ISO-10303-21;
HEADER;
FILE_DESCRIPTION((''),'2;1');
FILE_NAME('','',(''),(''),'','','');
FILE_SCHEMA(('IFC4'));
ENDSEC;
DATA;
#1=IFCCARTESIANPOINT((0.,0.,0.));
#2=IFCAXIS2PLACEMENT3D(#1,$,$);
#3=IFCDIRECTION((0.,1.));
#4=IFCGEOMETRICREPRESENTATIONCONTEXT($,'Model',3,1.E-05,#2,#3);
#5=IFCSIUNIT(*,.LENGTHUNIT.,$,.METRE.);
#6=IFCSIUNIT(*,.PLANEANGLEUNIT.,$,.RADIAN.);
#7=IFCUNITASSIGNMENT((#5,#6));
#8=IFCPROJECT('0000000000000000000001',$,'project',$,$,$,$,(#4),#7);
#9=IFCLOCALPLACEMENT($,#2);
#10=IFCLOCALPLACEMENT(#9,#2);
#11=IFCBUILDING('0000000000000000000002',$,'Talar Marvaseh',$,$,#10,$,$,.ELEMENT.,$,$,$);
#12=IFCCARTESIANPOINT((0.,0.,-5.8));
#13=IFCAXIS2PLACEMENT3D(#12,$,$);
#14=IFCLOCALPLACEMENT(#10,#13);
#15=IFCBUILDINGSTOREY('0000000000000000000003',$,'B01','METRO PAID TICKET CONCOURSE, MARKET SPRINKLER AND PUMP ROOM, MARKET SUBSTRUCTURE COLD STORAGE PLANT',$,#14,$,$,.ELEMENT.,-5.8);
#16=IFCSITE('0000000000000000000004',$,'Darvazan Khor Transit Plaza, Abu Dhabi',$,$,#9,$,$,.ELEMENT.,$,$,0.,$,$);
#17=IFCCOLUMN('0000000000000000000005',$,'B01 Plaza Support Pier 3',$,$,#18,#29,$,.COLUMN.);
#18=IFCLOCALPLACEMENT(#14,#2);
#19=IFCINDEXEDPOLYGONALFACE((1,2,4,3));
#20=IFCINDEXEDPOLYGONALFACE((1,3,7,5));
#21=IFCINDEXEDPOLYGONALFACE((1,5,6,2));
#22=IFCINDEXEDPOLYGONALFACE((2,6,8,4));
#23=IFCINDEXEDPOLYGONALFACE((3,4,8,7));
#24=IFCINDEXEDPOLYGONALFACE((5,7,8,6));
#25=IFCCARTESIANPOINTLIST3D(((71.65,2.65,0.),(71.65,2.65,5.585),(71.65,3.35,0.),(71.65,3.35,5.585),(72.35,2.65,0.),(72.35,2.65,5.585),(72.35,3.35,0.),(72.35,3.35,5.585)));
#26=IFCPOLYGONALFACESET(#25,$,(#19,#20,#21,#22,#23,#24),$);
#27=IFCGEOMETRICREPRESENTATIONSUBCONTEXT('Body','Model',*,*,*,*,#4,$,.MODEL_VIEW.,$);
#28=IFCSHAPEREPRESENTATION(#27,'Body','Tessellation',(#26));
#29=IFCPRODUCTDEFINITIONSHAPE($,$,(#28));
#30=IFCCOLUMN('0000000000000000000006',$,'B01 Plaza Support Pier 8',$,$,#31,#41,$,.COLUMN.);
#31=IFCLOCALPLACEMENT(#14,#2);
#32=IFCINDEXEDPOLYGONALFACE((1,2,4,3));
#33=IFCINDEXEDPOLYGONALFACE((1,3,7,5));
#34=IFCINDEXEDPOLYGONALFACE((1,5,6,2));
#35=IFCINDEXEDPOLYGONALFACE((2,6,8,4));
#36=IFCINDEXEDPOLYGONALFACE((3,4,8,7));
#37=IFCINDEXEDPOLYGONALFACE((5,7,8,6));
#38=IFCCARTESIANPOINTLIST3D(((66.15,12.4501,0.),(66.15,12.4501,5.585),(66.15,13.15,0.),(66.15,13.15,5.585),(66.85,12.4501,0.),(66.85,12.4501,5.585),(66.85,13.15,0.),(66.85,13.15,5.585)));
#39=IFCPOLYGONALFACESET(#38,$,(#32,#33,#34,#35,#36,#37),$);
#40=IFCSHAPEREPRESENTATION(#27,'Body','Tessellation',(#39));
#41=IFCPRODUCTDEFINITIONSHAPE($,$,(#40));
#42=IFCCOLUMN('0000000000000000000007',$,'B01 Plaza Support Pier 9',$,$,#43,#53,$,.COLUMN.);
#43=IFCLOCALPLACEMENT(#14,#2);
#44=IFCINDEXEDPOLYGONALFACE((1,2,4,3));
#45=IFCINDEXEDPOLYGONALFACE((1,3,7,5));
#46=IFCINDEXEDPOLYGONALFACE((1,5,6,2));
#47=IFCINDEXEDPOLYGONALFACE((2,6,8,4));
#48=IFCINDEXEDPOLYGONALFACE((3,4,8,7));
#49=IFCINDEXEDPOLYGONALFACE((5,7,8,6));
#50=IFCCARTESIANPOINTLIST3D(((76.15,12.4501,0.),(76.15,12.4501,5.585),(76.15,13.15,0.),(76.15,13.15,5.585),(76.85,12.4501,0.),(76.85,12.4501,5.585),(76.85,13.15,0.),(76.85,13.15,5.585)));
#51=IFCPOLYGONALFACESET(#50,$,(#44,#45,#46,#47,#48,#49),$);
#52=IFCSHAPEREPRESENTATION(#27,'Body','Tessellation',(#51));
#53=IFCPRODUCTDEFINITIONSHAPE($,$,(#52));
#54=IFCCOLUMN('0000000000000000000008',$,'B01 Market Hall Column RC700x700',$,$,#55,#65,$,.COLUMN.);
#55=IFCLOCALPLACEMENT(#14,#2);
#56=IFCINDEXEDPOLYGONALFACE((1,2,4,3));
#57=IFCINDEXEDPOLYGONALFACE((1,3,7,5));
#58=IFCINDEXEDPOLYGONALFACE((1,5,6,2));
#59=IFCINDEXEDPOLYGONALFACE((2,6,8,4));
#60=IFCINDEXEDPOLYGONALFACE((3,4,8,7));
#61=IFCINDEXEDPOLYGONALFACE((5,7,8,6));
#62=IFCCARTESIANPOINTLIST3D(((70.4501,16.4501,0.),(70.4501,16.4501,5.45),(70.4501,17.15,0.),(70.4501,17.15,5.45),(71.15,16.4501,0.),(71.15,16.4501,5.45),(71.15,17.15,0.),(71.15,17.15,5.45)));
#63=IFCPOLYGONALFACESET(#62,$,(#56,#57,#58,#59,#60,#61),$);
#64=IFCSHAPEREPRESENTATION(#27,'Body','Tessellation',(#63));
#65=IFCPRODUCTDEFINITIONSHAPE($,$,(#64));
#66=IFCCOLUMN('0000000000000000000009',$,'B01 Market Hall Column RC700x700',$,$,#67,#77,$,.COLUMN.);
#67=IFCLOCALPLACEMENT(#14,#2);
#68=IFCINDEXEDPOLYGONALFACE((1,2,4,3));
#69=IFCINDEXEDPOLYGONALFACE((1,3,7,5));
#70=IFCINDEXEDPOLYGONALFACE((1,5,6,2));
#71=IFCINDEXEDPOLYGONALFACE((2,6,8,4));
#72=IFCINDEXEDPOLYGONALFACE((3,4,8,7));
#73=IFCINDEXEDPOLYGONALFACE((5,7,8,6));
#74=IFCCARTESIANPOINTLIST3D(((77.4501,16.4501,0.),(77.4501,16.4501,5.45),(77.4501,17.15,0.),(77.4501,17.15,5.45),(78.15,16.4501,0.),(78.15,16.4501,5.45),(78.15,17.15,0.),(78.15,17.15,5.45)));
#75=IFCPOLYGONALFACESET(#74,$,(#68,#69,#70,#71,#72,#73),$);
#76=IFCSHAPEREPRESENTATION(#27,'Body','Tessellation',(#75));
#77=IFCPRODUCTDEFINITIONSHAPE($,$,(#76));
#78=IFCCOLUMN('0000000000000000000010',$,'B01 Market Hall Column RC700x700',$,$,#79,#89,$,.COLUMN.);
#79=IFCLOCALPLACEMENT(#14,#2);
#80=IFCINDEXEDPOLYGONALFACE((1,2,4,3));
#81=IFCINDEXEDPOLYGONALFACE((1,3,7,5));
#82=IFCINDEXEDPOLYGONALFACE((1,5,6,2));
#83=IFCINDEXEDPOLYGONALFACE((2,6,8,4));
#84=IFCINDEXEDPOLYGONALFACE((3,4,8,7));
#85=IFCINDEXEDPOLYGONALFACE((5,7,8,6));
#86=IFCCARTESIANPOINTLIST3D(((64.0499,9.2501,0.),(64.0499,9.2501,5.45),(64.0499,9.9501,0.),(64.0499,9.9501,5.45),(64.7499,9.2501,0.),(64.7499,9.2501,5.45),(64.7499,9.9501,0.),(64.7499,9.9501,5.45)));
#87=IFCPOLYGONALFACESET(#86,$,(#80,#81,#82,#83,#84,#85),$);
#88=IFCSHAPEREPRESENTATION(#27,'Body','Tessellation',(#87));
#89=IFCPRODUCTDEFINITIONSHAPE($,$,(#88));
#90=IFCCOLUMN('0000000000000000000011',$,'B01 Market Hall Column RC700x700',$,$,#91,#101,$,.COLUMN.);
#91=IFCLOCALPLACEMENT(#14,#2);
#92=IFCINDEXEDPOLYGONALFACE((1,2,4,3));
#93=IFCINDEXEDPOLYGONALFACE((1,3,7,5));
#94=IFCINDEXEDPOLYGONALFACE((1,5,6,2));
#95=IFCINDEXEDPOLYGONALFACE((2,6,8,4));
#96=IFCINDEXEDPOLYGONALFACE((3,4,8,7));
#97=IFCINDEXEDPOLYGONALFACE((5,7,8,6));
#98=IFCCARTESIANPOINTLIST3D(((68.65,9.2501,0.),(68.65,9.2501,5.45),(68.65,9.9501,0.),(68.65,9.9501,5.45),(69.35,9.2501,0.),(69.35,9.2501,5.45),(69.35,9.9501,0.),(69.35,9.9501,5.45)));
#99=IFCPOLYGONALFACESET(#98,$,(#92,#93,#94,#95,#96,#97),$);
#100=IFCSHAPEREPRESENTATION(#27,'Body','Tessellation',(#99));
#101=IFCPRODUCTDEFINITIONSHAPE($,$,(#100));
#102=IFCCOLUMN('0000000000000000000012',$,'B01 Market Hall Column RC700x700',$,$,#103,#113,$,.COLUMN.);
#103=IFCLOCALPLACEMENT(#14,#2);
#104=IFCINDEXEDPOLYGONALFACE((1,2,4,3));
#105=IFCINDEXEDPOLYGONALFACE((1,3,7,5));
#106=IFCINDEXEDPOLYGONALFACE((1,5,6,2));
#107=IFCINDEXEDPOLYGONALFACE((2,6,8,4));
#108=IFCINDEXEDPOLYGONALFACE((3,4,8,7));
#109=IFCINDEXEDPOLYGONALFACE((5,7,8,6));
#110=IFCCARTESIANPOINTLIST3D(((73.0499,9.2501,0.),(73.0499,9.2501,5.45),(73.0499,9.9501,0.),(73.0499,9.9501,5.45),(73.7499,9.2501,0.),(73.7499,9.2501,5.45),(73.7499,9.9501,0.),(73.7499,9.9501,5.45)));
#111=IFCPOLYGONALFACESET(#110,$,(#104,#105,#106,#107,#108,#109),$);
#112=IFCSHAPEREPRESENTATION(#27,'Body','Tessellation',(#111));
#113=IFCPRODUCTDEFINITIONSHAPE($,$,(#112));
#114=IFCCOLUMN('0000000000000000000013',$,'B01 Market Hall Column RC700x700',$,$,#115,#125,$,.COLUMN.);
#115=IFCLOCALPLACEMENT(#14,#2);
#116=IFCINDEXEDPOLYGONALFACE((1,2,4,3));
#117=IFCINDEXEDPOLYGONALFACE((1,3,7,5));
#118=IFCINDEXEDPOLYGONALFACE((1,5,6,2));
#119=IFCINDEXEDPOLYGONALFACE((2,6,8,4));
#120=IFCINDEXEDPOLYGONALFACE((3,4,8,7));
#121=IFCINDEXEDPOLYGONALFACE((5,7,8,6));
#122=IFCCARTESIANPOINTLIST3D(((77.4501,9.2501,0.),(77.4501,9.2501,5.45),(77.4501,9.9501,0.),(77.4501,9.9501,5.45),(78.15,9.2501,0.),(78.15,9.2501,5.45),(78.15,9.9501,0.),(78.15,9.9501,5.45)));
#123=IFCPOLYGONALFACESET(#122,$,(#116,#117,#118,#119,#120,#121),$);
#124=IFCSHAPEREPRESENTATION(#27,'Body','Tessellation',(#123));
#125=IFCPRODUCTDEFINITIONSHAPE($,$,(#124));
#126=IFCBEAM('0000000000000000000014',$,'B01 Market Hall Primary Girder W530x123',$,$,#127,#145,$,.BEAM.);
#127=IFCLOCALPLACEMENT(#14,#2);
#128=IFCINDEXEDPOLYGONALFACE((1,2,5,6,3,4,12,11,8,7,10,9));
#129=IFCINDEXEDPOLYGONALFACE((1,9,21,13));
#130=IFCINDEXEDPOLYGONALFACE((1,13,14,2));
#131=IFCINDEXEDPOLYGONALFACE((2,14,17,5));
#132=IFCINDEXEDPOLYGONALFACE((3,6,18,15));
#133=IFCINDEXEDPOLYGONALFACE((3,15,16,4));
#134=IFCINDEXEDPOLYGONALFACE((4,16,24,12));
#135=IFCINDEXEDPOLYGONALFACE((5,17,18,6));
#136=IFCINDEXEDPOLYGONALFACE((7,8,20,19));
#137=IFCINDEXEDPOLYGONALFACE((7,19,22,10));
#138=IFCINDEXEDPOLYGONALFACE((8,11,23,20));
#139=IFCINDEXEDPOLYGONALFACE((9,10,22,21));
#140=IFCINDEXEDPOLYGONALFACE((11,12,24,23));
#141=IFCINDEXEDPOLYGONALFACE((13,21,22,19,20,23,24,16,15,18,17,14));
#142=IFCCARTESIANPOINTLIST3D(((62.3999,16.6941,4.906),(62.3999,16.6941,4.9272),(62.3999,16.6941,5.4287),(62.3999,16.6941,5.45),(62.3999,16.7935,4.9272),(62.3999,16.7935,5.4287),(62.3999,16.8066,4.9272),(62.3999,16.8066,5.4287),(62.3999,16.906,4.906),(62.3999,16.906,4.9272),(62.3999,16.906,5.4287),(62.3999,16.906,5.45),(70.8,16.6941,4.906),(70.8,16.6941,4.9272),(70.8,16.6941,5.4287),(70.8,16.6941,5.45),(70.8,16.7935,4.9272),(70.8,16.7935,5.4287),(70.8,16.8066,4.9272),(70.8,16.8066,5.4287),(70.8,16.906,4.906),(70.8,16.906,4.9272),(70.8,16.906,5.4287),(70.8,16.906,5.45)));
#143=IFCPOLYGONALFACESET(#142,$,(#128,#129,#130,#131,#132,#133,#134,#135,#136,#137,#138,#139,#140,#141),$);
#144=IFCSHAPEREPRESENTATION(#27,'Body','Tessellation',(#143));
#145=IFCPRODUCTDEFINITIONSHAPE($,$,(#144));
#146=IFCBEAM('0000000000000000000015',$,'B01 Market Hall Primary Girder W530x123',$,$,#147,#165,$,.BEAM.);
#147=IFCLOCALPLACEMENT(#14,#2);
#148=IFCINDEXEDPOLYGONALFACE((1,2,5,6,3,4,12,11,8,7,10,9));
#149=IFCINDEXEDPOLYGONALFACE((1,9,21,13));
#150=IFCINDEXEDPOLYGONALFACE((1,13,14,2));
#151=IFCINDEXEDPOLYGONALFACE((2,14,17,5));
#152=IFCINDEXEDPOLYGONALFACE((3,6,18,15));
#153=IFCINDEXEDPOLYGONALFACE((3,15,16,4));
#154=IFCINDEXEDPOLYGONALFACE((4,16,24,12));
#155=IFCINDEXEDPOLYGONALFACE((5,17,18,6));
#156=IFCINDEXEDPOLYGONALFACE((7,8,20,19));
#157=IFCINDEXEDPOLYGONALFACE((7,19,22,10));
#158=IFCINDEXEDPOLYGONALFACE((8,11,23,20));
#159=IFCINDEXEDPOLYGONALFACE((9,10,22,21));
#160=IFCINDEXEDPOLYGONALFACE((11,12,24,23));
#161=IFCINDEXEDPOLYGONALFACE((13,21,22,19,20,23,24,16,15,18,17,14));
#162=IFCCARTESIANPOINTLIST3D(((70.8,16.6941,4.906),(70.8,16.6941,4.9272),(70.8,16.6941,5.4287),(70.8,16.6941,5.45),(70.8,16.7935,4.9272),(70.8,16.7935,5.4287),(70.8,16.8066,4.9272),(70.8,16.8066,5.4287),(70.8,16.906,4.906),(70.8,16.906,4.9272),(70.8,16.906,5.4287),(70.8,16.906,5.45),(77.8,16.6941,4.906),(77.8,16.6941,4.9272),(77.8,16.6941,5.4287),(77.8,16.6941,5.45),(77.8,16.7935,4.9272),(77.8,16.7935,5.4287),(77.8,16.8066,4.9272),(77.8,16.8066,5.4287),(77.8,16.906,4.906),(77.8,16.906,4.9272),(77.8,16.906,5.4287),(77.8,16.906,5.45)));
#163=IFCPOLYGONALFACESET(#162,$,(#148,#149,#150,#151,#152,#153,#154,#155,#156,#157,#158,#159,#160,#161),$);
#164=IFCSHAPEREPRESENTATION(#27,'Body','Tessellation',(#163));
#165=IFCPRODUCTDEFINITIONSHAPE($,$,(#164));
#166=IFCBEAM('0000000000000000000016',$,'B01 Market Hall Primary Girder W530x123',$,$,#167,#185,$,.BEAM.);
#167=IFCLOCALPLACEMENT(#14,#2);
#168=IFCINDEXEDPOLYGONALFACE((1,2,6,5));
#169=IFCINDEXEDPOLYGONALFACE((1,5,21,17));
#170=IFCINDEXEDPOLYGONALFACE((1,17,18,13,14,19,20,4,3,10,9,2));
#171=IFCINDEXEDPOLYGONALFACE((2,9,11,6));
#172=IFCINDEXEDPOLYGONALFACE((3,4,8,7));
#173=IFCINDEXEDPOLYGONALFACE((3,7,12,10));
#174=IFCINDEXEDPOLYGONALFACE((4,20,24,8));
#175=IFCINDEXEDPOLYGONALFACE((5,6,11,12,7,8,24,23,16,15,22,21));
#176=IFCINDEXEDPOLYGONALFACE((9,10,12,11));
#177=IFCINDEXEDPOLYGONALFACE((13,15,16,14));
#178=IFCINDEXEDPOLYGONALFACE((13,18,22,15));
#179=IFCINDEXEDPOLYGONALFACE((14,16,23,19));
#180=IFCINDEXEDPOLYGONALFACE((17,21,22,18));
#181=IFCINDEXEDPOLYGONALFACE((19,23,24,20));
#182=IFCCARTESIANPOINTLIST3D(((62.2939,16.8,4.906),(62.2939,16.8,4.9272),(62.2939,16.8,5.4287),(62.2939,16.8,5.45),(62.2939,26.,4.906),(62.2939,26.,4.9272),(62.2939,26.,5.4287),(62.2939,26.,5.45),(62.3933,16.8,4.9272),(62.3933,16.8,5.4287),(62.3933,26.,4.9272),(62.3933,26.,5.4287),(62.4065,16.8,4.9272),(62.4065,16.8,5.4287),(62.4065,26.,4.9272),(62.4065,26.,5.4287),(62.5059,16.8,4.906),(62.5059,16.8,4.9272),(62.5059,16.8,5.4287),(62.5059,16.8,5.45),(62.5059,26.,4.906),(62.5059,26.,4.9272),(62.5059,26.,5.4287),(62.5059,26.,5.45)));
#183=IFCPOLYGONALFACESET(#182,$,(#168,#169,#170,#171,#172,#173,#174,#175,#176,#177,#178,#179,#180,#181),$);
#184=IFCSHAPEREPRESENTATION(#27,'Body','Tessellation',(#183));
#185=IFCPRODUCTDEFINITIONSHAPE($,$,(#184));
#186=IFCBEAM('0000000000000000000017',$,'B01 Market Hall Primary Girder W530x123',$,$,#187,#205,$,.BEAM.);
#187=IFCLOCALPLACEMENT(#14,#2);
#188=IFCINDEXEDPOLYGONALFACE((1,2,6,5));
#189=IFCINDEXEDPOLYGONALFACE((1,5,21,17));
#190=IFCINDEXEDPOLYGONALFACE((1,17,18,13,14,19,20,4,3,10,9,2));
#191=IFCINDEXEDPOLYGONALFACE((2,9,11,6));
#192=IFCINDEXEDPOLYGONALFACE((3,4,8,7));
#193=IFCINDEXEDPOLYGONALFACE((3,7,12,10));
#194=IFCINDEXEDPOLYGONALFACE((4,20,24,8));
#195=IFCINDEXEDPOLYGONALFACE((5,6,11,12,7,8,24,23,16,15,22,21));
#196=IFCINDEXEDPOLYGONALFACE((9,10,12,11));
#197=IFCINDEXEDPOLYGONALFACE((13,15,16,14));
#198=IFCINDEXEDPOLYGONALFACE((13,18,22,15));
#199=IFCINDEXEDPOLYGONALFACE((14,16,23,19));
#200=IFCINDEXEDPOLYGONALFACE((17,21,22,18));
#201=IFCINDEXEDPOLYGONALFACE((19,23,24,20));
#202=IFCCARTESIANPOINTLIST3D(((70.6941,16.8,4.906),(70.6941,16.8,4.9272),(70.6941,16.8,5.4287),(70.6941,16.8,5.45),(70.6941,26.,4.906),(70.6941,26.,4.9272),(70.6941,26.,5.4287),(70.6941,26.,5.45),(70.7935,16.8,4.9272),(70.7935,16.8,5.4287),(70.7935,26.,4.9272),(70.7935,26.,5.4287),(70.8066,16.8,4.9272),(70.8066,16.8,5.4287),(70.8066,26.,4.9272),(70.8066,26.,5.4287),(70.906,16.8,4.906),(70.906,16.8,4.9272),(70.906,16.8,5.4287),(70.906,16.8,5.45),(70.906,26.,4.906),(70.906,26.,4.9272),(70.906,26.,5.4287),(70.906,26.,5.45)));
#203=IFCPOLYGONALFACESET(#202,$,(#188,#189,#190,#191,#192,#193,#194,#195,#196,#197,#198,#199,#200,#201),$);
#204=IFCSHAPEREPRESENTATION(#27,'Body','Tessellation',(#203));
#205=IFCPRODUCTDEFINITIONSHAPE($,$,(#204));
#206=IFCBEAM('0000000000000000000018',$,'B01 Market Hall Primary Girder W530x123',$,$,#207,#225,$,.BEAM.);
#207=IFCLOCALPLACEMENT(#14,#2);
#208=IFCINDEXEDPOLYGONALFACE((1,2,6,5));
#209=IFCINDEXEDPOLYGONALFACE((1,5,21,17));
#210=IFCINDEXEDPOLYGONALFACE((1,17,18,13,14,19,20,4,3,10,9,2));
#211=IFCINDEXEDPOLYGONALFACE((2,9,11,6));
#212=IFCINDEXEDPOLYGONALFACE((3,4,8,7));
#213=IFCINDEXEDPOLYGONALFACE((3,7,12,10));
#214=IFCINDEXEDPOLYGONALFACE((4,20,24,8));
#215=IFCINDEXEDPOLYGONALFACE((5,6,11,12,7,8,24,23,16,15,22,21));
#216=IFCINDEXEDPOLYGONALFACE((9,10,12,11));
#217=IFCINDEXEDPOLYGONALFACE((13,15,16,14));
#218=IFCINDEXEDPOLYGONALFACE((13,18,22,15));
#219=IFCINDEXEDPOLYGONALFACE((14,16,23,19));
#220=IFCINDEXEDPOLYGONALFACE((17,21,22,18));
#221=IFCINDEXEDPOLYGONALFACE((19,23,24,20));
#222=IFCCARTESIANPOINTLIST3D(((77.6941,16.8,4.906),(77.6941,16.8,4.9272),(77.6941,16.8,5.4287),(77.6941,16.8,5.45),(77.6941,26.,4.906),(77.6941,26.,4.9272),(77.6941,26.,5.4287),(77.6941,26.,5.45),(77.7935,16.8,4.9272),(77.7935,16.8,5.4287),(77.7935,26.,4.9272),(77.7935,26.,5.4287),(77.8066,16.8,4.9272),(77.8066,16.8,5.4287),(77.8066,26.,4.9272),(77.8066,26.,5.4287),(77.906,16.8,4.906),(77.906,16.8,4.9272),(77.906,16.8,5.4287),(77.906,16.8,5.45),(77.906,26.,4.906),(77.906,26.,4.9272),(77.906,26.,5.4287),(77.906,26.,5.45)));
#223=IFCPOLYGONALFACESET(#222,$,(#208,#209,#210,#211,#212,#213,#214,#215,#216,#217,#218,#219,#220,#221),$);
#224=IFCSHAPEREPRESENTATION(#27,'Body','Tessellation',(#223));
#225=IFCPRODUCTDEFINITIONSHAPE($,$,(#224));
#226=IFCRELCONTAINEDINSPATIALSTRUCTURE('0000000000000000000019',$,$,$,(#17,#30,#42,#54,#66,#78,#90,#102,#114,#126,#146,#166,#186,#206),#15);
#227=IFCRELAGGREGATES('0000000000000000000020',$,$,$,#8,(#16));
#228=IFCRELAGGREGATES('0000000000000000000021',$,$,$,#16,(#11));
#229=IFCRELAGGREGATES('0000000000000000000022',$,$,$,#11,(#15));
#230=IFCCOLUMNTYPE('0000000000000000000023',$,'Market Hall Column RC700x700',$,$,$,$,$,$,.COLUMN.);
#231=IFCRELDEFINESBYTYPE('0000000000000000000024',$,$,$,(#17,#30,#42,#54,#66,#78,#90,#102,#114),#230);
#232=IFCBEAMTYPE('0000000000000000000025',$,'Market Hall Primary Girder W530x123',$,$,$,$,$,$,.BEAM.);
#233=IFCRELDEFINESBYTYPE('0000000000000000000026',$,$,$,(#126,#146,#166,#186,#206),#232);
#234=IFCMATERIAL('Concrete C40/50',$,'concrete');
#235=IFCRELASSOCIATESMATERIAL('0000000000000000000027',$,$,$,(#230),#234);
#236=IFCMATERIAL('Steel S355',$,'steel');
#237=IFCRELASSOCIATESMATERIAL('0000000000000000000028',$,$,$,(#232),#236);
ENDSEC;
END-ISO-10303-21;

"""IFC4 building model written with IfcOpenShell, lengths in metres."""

from ifc_helpers import new_model, si_unit, direction, frame, origin, origin_2d, place, context, subcontext, project, spatial, rectangle, i_section, extrude, material, material_profile, profile_set, type_object, element, save


model = new_model("IFC4")

# Units and contexts
model_context = context("Model", 3, precision=1e-05, world=origin(), true_north=direction((0.0, 1.0)))
body_context = subcontext(model_context, "Body", "Model", "MODEL_VIEW")
ifc_project = project(units=[si_unit("LENGTHUNIT", "METRE"), si_unit("PLANEANGLEUNIT", "RADIAN")], contexts=[model_context])

# Site, building, storey
site_placement = place(None, origin())
site = spatial("IfcSite", under=ifc_project, at=site_placement, Name="Darvazan Khor Transit Plaza, Abu Dhabi", CompositionType="ELEMENT", RefElevation=0.0)
building_placement = place(site_placement, origin())
building = spatial("IfcBuilding", under=site, at=building_placement, Name="Talar Marvaseh", CompositionType="ELEMENT")
storey_placement = place(building_placement, frame((0.0, 0.0, -5.8)))
storey = spatial("IfcBuildingStorey", under=building, at=storey_placement, Name="B01", Description="METRO PAID TICKET CONCOURSE, MARKET SPRINKLER AND PUMP ROOM, MARKET SUBSTRUCTURE COLD STORAGE PLANT", CompositionType="ELEMENT", Elevation=-5.8)

# Columns
ifc_material_1 = material(Name="Concrete C40/50", Category="concrete")
ifc_material_profile_1 = material_profile(ifc_material_1, rectangle(XDim=0.7, YDim=0.7, at=origin_2d()), Name="RC700x700")
ifc_profile_set_1 = profile_set([ifc_material_profile_1], Name="Concrete C40/50")
column_type = type_object("IfcColumnType", Name="Market Hall Column RC700x700", PredefinedType="COLUMN", material=ifc_profile_set_1)
for number, where, z_axis, x_axis, name in (
    (1, (72.0, 3.0, 0.0), (0.0, 0.0, 1.0), (1.0, 0.0, 0.0), "B01 Plaza Support Pier 3"),
    (2, (66.5, 12.8, 0.0), (0.0, 0.0, 1.0), (1.0, 0.0, 0.0), "B01 Plaza Support Pier 8"),
    (3, (76.5, 12.8, 0.0), (0.0, 0.0, 1.0), (1.0, 0.0, 0.0), "B01 Plaza Support Pier 9"),
):
    element("IfcColumn", number, at=place(storey_placement, frame(where, z_axis=z_axis, x_axis=x_axis)), inside=storey, type_object=column_type, Name=name, PredefinedType="COLUMN", context=body_context, shape_type="SweptSolid", body=[
        extrude(rectangle(XDim=0.7, YDim=0.7, at=origin_2d()), origin(), (0.0, 0.0, 1.0), 5.585),
    ])
for number, where, z_axis, x_axis, name in (
    (4, (70.8, 16.8, 0.0), (0.0, 0.0, 1.0), (1.0, 0.0, 0.0), "B01 Market Hall Column RC700x700"),
    (5, (77.8, 16.8, 0.0), (0.0, 0.0, 1.0), (1.0, 0.0, 0.0), "B01 Market Hall Column RC700x700"),
    (6, (64.3999, 9.6001, 0.0), (0.0, 0.0, 1.0), (1.0, 0.0, 0.0), "B01 Market Hall Column RC700x700"),
    (7, (69.0, 9.6001, 0.0), (0.0, 0.0, 1.0), (1.0, 0.0, 0.0), "B01 Market Hall Column RC700x700"),
    (8, (73.3999, 9.6001, 0.0), (0.0, 0.0, 1.0), (1.0, 0.0, 0.0), "B01 Market Hall Column RC700x700"),
    (9, (77.8, 9.6001, 0.0), (0.0, 0.0, 1.0), (1.0, 0.0, 0.0), "B01 Market Hall Column RC700x700"),
):
    element("IfcColumn", number, at=place(storey_placement, frame(where, z_axis=z_axis, x_axis=x_axis)), inside=storey, type_object=column_type, Name=name, PredefinedType="COLUMN", context=body_context, shape_type="SweptSolid", body=[
        extrude(rectangle(XDim=0.7, YDim=0.7, at=origin_2d()), origin(), (0.0, 0.0, 1.0), 5.45),
    ])

# Beams
ifc_material_2 = material(Name="Steel S355", Category="steel")
ifc_material_profile_2 = material_profile(ifc_material_2, i_section(OverallWidth=0.2119, OverallDepth=0.5439, WebThickness=0.0132, FlangeThickness=0.0212, at=origin_2d()), Name="W530x123")
ifc_profile_set_2 = profile_set([ifc_material_profile_2], Name="Steel S355")
beam_type_1 = type_object("IfcBeamType", Name="Market Hall Primary Girder W530x123", PredefinedType="BEAM", material=ifc_profile_set_2)
beam_1_placement = place(storey_placement, frame((62.3999, 16.8, 5.178), z_axis=(1.0, 0.0, 0.0), x_axis=(0.0, 1.0, 0.0)))
element("IfcBeam", 10, at=beam_1_placement, inside=storey, type_object=beam_type_1, Name="B01 Market Hall Primary Girder W530x123", PredefinedType="BEAM", context=body_context, shape_type="SweptSolid", body=[
    extrude(i_section(OverallWidth=0.2119, OverallDepth=0.5439, WebThickness=0.0132, FlangeThickness=0.0212, at=origin_2d()), origin(), (0.0, 0.0, 1.0), 8.4001),
])
beam_2_placement = place(storey_placement, frame((70.8, 16.8, 5.178), z_axis=(1.0, 0.0, 0.0), x_axis=(0.0, 1.0, 0.0)))
element("IfcBeam", 11, at=beam_2_placement, inside=storey, type_object=beam_type_1, Name="B01 Market Hall Primary Girder W530x123", PredefinedType="BEAM", context=body_context, shape_type="SweptSolid", body=[
    extrude(i_section(OverallWidth=0.2119, OverallDepth=0.5439, WebThickness=0.0132, FlangeThickness=0.0212, at=origin_2d()), origin(), (0.0, 0.0, 1.0), 7.0),
])
for number, where, z_axis, x_axis, name in (
    (12, (62.3999, 16.8, 5.178), (0.0, 1.0, 0.0), (-1.0, 0.0, 0.0), "B01 Market Hall Primary Girder W530x123"),
    (13, (70.8, 16.8, 5.178), (0.0, 1.0, 0.0), (-1.0, 0.0, 0.0), "B01 Market Hall Primary Girder W530x123"),
    (14, (77.8, 16.8, 5.178), (0.0, 1.0, 0.0), (-1.0, 0.0, 0.0), "B01 Market Hall Primary Girder W530x123"),
):
    element("IfcBeam", number, at=place(storey_placement, frame(where, z_axis=z_axis, x_axis=x_axis)), inside=storey, type_object=beam_type_1, Name=name, PredefinedType="BEAM", context=body_context, shape_type="SweptSolid", body=[
        extrude(i_section(OverallWidth=0.2119, OverallDepth=0.5439, WebThickness=0.0132, FlangeThickness=0.0212, at=origin_2d()), origin(), (0.0, 0.0, 1.0), 9.2),
    ])

save(model, "model.ifc")
